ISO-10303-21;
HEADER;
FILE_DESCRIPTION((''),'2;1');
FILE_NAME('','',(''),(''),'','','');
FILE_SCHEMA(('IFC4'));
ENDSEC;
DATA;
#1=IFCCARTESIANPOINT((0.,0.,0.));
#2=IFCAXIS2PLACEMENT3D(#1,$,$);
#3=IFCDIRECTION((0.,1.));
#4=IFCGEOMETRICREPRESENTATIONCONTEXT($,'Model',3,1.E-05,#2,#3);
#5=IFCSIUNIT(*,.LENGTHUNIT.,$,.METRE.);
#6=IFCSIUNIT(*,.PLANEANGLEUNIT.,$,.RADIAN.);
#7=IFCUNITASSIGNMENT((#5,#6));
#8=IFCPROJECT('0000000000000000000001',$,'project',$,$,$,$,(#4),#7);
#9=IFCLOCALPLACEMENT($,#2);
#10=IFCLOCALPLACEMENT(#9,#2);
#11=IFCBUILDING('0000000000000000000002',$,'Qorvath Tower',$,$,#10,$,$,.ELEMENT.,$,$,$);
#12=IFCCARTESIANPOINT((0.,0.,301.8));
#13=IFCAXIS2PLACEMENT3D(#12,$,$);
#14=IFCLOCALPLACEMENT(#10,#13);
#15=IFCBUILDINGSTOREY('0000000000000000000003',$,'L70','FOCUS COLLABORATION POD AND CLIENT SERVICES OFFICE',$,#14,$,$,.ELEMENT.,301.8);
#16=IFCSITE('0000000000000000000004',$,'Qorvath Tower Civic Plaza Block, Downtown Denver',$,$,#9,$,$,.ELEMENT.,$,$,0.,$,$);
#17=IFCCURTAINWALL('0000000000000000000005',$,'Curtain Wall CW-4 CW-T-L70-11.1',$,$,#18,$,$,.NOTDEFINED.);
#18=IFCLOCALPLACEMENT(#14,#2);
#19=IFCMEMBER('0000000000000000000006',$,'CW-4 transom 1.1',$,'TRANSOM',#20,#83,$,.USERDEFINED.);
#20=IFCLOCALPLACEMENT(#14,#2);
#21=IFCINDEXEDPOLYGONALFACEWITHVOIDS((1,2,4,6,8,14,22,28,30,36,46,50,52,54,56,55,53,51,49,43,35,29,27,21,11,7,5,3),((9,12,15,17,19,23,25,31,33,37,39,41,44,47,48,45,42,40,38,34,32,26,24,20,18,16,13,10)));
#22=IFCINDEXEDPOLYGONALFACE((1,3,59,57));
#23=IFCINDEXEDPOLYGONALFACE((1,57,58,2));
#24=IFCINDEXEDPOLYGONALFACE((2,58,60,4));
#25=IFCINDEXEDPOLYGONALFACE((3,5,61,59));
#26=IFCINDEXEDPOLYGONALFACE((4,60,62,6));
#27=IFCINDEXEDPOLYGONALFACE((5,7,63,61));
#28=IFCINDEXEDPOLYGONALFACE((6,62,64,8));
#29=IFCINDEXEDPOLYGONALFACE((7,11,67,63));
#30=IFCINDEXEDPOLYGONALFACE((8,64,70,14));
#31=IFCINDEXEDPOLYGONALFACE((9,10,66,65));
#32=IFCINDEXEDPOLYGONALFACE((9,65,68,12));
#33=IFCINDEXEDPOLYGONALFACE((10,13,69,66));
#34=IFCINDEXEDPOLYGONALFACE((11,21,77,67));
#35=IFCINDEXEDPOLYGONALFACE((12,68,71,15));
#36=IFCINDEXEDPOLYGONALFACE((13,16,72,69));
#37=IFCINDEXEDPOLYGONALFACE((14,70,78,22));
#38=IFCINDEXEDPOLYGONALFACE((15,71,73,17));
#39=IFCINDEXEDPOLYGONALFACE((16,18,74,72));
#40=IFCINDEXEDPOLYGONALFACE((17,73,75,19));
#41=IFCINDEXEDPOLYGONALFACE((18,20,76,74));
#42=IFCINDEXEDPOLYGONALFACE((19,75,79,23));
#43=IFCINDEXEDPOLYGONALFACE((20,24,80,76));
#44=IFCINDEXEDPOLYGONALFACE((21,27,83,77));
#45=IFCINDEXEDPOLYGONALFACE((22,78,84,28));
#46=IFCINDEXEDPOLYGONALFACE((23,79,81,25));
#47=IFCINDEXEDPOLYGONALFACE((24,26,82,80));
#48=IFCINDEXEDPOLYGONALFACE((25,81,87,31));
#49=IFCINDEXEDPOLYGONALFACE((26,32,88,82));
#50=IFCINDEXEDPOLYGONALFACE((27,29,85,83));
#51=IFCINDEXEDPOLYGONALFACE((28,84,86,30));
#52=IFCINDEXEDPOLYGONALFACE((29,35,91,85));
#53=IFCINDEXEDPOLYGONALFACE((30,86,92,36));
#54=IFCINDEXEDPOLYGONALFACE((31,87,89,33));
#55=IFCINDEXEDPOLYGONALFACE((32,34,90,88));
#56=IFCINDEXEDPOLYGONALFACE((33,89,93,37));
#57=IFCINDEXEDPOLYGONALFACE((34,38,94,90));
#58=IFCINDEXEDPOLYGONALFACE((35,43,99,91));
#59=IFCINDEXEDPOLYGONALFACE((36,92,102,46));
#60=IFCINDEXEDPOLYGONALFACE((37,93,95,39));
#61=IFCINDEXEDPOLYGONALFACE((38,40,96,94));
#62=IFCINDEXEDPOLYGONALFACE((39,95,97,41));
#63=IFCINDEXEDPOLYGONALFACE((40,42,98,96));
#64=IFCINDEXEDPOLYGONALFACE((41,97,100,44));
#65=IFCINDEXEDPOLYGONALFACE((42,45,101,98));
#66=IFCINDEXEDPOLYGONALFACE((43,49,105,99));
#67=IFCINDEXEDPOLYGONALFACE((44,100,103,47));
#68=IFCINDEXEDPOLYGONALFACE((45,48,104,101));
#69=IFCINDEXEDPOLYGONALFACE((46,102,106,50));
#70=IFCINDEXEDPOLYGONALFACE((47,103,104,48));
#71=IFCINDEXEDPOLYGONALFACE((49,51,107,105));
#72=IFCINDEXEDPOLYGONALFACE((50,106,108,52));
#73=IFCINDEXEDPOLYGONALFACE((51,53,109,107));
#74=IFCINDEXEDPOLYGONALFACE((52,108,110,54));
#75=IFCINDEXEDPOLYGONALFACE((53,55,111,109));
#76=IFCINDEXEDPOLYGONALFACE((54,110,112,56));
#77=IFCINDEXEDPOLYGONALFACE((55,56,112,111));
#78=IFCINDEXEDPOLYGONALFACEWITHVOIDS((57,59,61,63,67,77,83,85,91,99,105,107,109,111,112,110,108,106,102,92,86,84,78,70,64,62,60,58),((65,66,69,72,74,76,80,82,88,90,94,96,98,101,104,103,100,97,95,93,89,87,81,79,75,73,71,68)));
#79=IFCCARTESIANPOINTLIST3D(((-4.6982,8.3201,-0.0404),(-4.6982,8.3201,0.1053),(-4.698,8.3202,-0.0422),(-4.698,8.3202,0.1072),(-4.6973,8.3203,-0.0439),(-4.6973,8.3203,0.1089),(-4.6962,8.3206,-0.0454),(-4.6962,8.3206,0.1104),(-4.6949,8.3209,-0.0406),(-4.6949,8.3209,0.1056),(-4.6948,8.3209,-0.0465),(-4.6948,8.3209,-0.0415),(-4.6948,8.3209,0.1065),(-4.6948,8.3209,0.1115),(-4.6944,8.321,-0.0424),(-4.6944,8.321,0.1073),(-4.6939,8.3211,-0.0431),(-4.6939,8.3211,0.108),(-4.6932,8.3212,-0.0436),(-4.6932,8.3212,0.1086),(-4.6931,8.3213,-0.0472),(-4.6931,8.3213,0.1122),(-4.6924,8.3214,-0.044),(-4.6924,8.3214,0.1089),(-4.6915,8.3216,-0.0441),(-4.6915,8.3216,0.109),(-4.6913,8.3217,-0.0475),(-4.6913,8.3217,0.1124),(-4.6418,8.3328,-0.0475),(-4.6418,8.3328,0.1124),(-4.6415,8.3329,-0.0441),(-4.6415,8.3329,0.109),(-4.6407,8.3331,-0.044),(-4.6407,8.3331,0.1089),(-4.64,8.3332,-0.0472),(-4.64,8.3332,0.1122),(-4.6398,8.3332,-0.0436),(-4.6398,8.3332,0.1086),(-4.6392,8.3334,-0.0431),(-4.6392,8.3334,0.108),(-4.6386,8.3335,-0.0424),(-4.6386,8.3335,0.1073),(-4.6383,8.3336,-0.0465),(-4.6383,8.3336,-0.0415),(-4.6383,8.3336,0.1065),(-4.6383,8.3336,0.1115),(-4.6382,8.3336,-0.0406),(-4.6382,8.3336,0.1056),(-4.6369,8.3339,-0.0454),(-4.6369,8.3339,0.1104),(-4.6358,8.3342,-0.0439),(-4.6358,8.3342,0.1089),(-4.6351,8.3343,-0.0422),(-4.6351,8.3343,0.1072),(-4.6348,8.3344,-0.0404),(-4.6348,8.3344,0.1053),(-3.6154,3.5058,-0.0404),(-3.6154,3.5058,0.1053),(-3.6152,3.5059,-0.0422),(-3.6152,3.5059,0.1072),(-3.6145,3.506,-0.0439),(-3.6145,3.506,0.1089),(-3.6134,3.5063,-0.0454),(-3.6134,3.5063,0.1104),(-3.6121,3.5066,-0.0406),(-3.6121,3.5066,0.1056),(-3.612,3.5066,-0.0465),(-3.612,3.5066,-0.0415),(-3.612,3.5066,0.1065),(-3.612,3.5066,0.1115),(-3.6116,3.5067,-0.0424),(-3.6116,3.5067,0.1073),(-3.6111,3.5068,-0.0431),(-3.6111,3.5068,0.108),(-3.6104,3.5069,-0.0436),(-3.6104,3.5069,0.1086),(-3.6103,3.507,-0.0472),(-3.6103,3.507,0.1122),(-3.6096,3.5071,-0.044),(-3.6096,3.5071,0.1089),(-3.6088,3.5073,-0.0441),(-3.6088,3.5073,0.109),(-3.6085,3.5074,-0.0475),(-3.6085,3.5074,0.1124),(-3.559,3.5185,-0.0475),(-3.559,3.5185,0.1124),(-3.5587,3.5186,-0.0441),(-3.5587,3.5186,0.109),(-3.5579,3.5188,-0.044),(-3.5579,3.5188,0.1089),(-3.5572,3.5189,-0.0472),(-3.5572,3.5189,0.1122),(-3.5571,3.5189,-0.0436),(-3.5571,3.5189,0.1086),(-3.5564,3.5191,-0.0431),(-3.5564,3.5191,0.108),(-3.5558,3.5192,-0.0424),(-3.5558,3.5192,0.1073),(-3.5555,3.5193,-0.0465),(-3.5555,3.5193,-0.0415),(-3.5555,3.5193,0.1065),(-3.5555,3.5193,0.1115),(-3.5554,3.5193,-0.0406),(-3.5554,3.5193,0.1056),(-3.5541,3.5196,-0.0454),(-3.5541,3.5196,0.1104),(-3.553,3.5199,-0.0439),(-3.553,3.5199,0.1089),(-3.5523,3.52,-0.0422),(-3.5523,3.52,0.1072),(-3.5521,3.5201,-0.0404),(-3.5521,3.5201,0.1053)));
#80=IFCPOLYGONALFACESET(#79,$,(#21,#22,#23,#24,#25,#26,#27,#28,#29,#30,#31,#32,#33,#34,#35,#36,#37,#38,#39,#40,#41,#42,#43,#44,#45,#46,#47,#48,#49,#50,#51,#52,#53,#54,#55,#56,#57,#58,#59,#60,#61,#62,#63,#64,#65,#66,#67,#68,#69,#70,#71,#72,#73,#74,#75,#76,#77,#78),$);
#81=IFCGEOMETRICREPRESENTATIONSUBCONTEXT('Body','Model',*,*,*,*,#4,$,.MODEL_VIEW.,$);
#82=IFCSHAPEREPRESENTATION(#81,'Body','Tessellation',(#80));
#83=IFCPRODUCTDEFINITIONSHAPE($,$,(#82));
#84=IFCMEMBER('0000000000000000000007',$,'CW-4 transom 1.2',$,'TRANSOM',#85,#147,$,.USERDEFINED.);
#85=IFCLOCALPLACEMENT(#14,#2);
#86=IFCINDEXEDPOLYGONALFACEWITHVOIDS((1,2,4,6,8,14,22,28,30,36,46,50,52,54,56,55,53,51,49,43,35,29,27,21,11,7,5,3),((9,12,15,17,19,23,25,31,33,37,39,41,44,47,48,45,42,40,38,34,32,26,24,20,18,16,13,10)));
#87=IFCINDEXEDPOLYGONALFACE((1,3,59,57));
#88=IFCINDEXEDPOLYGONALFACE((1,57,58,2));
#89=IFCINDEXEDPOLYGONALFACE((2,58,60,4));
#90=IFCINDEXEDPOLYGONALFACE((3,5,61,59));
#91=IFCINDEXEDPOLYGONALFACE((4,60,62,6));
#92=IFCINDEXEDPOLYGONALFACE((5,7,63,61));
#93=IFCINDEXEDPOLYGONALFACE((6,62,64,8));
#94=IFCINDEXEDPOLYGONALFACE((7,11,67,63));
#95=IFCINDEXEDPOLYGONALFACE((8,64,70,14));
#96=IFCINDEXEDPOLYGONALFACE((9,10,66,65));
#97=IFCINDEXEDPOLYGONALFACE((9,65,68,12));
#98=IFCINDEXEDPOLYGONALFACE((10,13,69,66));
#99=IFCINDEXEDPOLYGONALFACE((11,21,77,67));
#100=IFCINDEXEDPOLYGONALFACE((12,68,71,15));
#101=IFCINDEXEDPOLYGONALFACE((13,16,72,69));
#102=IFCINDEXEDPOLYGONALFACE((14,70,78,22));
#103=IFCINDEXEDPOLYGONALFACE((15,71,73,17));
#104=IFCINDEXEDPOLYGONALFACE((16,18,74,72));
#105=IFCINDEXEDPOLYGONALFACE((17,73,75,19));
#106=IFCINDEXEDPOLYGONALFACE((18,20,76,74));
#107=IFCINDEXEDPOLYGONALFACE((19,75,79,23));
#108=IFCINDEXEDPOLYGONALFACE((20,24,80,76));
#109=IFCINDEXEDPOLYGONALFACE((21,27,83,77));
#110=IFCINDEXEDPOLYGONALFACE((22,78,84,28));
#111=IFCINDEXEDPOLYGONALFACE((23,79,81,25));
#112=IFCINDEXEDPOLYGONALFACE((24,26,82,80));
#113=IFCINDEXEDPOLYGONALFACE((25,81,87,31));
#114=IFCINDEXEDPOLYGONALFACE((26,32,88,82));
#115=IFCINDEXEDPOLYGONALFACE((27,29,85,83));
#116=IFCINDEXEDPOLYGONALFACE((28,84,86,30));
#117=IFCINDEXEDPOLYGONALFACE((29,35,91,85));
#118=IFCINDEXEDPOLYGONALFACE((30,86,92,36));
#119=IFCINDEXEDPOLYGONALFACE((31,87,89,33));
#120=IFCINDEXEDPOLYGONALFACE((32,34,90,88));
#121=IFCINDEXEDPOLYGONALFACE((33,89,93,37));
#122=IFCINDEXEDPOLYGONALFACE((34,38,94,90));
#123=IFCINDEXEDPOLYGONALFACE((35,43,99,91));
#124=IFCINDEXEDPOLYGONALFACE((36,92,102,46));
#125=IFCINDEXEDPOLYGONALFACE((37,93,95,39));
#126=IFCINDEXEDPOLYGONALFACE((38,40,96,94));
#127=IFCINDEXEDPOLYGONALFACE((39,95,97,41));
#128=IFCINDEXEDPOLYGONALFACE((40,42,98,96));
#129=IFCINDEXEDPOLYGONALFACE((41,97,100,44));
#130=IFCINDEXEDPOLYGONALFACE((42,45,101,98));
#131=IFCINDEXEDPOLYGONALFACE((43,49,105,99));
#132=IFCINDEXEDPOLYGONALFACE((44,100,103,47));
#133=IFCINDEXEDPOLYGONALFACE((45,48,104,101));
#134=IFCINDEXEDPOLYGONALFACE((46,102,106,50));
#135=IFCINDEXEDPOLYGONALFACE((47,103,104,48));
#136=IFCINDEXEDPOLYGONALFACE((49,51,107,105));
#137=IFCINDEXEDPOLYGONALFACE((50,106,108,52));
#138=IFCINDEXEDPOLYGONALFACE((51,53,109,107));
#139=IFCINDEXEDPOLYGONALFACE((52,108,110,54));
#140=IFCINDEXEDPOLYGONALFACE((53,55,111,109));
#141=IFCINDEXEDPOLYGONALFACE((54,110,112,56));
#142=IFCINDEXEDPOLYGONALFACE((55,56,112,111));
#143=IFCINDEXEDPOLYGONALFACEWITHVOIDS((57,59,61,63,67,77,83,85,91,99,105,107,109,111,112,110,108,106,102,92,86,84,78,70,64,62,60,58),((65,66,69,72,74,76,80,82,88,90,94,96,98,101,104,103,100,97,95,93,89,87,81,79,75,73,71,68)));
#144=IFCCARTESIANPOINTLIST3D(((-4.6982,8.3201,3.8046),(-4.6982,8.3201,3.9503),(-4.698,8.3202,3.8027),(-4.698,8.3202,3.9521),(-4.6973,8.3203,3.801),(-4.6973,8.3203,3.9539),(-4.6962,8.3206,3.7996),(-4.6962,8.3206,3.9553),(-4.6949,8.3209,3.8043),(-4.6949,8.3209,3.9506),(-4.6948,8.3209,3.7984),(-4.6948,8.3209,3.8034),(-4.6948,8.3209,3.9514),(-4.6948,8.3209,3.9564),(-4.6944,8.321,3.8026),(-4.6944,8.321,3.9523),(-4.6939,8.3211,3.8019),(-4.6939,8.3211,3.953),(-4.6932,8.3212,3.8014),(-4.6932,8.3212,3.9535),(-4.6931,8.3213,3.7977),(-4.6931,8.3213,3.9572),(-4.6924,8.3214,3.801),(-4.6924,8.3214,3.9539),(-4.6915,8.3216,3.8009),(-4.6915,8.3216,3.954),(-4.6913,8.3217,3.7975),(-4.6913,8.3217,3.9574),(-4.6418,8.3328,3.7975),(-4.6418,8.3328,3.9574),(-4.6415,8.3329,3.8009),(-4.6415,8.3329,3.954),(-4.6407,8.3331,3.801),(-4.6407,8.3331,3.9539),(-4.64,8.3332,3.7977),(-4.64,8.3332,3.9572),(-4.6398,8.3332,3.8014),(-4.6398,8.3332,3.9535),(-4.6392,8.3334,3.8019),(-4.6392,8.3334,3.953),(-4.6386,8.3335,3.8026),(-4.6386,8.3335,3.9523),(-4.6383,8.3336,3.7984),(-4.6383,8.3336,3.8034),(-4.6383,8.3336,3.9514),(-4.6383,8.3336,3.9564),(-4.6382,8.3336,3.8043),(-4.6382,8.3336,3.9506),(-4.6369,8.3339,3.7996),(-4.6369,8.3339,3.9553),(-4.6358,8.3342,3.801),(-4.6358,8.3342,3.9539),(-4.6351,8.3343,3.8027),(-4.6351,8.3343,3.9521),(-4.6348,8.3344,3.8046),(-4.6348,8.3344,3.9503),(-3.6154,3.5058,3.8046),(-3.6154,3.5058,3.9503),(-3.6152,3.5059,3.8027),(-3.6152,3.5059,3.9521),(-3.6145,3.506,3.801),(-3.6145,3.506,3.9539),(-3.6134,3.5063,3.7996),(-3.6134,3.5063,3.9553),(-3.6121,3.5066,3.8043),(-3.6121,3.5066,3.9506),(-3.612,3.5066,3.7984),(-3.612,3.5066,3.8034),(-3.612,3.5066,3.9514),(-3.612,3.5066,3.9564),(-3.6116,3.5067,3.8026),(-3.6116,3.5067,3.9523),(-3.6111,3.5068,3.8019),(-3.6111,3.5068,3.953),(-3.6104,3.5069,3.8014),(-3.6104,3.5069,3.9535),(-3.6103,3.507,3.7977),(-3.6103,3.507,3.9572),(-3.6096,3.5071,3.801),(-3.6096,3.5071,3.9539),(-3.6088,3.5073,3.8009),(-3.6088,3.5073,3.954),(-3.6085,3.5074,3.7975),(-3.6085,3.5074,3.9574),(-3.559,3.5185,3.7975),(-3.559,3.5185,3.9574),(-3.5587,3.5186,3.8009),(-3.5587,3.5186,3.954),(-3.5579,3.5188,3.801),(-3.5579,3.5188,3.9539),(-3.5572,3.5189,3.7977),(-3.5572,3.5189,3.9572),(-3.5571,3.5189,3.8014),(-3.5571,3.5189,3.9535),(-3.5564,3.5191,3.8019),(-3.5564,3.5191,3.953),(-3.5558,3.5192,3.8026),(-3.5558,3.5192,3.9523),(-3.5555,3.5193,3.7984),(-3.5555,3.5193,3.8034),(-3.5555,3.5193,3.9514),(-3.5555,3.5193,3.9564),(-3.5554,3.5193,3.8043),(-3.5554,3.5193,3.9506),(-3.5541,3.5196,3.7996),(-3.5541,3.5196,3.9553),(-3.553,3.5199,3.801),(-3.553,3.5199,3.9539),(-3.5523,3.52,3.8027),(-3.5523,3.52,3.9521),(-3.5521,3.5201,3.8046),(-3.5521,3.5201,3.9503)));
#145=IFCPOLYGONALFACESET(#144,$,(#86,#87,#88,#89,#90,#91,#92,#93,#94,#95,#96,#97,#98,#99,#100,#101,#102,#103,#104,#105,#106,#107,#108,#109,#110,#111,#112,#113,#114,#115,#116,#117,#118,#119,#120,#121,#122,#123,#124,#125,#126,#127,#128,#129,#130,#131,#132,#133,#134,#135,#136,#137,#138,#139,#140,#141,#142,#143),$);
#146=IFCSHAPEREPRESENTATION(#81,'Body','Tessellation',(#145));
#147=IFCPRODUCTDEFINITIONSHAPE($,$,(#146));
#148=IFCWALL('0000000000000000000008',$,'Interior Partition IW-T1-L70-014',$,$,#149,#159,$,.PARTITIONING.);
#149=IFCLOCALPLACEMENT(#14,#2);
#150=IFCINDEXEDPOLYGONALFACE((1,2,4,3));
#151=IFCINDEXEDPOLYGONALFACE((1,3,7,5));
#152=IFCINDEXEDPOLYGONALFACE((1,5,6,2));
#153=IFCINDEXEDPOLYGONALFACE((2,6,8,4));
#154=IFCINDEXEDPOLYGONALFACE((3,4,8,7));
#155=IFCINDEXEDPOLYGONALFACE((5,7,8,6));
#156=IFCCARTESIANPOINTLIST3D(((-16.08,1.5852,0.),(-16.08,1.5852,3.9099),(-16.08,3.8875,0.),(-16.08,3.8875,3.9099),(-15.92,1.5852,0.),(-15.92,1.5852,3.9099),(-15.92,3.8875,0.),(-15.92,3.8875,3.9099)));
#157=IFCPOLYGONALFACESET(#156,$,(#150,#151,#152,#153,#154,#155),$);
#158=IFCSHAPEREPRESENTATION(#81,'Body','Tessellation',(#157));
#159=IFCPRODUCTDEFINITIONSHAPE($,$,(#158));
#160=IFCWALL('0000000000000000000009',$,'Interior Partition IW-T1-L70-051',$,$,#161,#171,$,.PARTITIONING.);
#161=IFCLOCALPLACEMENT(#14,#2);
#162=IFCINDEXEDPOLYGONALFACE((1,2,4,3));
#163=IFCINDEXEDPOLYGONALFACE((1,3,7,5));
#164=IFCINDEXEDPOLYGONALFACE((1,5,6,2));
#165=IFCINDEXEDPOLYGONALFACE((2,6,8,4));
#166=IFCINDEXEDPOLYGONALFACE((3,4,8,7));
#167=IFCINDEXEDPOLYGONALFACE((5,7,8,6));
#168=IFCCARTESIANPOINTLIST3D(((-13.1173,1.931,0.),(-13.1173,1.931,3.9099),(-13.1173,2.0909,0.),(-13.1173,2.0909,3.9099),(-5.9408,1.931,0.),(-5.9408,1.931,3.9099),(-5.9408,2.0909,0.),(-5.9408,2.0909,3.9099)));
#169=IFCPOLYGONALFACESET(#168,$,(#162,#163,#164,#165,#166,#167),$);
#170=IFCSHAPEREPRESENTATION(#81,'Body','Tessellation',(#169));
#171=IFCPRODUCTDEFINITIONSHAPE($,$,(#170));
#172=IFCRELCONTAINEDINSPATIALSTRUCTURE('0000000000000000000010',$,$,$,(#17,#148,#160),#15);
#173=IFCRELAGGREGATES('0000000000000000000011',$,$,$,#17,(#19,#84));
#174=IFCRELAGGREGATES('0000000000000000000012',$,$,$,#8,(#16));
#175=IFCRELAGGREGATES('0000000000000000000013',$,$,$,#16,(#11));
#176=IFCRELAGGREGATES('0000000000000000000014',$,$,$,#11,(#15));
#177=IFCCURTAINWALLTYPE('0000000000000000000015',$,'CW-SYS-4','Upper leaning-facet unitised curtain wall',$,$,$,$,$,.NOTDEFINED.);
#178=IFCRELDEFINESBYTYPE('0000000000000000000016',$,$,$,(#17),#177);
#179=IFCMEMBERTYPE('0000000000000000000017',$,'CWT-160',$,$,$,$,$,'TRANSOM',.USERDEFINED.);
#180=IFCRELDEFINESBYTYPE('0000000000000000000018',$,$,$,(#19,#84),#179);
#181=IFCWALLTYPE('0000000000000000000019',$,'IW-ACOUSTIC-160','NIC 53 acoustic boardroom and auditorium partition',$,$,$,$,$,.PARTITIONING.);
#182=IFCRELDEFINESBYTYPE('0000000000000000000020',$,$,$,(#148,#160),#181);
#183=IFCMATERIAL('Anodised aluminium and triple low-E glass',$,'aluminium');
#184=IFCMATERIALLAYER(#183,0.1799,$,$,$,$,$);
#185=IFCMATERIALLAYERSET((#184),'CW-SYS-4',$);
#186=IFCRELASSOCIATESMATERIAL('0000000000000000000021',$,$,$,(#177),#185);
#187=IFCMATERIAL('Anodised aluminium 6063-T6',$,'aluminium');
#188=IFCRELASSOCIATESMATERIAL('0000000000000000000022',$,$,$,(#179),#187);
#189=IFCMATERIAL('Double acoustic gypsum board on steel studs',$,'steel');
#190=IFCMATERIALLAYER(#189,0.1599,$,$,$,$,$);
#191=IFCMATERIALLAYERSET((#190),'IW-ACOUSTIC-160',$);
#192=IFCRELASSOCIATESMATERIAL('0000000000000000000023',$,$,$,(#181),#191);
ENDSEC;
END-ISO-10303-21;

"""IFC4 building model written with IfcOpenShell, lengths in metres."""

from ifc_helpers import new_model, si_unit, direction, frame, frame_2d, origin, origin_2d, place, context, subcontext, project, spatial, rectangle, hollow_rectangle, extrude, material, layer, layer_set, material_profile, profile_set, type_object, element, aggregate, save


model = new_model("IFC4")

# Units and contexts
model_context = context("Model", 3, precision=1e-05, world=origin(), true_north=direction((0.0, 1.0)))
body_context = subcontext(model_context, "Body", "Model", "MODEL_VIEW")
ifc_project = project(units=[si_unit("LENGTHUNIT", "METRE"), si_unit("PLANEANGLEUNIT", "RADIAN")], contexts=[model_context])

# Site, building, storey
site_placement = place(None, origin())
site = spatial("IfcSite", under=ifc_project, at=site_placement, Name="Qorvath Tower Civic Plaza Block, Downtown Denver", CompositionType="ELEMENT", RefElevation=0.0)
building_placement = place(site_placement, origin())
building = spatial("IfcBuilding", under=site, at=building_placement, Name="Qorvath Tower", CompositionType="ELEMENT")
storey_placement = place(building_placement, frame((0.0, 0.0, 301.8)))
storey = spatial("IfcBuildingStorey", under=building, at=storey_placement, Name="L70", Description="FOCUS COLLABORATION POD AND CLIENT SERVICES OFFICE", CompositionType="ELEMENT", Elevation=301.8)

# Shared definitions
ifc_material_1 = material(Name="Anodised aluminium and triple low-E glass", Category="aluminium")
ifc_layer_1 = layer(ifc_material_1, 0.1799)
ifc_layer_set_1 = layer_set([ifc_layer_1], Name="CW-SYS-4")
curtain_wall_type = type_object("IfcCurtainWallType", Name="CW-SYS-4", Description="Upper leaning-facet unitised curtain wall", PredefinedType="NOTDEFINED", material=ifc_layer_set_1)

# Curtain wall, members
curtain_wall_1_placement = place(storey_placement, origin())
curtain_wall_1 = element("IfcCurtainWall", 1, at=curtain_wall_1_placement, inside=storey, type_object=curtain_wall_type, Name="Curtain Wall CW-4 CW-T-L70-11.1", PredefinedType="NOTDEFINED")
ifc_material_2 = material(Name="Anodised aluminium 6063-T6", Category="aluminium")
ifc_material_profile_1 = material_profile(ifc_material_2, hollow_rectangle(XDim=0.0649, YDim=0.1599, WallThickness=0.0034, InnerFilletRadius=0.0034, OuterFilletRadius=0.0071, at=origin_2d()), Name="CWT 160x65")
ifc_profile_set_1 = profile_set([ifc_material_profile_1], Name="Anodised aluminium 6063-T6")
member_type_1 = type_object("IfcMemberType", Name="CWT-160", ElementType="TRANSOM", PredefinedType="USERDEFINED", material=ifc_profile_set_1)
member_1_placement = place(storey_placement, frame((-3.5837, 3.5129, 0.0325), z_axis=(-0.219429, 0.975629, 0.0), x_axis=(-0.975629, -0.219429, 0.0)))
member_1 = element("IfcMember", 2, at=member_1_placement, type_object=member_type_1, Name="CW-4 transom 1.1", ObjectType="TRANSOM", PredefinedType="USERDEFINED", context=body_context, shape_type="SweptSolid", body=[
    extrude(hollow_rectangle(XDim=0.0649, YDim=0.1599, WallThickness=0.0034, InnerFilletRadius=0.0034, OuterFilletRadius=0.0071, at=origin_2d()), origin(), (0.0, 0.0, 1.0), 4.9346),
])
member_2_placement = place(storey_placement, frame((-3.5837, 3.5129, 3.8774), z_axis=(-0.219429, 0.975629, 0.0), x_axis=(-0.975629, -0.219429, 0.0)))
member_2 = element("IfcMember", 3, at=member_2_placement, type_object=member_type_1, Name="CW-4 transom 1.2", ObjectType="TRANSOM", PredefinedType="USERDEFINED", context=body_context, shape_type="SweptSolid", body=[
    extrude(hollow_rectangle(XDim=0.0649, YDim=0.1599, WallThickness=0.0034, InnerFilletRadius=0.0034, OuterFilletRadius=0.0071, at=origin_2d()), origin(), (0.0, 0.0, 1.0), 4.9346),
])
aggregate(curtain_wall_1, [member_1, member_2])

# Walls
ifc_material_3 = material(Name="Double acoustic gypsum board on steel studs", Category="steel")
ifc_layer_2 = layer(ifc_material_3, 0.1599)
ifc_layer_set_2 = layer_set([ifc_layer_2], Name="IW-ACOUSTIC-160")
wall_type_1 = type_object("IfcWallType", Name="IW-ACOUSTIC-160", Description="NIC 53 acoustic boardroom and auditorium partition", PredefinedType="PARTITIONING", material=ifc_layer_set_2)
wall_1_placement = place(storey_placement, frame((-16.0, 1.5852, 0.0), z_axis=(0.0, 0.0, 1.0), x_axis=(0.0, 1.0, 0.0)))
element("IfcWall", 4, at=wall_1_placement, inside=storey, type_object=wall_type_1, Name="Interior Partition IW-T1-L70-014", PredefinedType="PARTITIONING", context=body_context, shape_type="SweptSolid", body=[
    extrude(rectangle(XDim=2.3022, YDim=0.1599, at=frame_2d((1.1511, 0.0))), origin(), (0.0, 0.0, 1.0), 3.9099),
])
wall_2_placement = place(storey_placement, frame((-5.9407, 2.011, 0.0), z_axis=(0.0, 0.0, 1.0), x_axis=(-1.0, 0.0, 0.0)))
element("IfcWall", 5, at=wall_2_placement, inside=storey, type_object=wall_type_1, Name="Interior Partition IW-T1-L70-051", PredefinedType="PARTITIONING", context=body_context, shape_type="SweptSolid", body=[
    extrude(rectangle(XDim=7.1765, YDim=0.1599, at=frame_2d((3.5884, 0.0))), origin(), (0.0, 0.0, 1.0), 3.9099),
])

save(model, "model.ifc")
